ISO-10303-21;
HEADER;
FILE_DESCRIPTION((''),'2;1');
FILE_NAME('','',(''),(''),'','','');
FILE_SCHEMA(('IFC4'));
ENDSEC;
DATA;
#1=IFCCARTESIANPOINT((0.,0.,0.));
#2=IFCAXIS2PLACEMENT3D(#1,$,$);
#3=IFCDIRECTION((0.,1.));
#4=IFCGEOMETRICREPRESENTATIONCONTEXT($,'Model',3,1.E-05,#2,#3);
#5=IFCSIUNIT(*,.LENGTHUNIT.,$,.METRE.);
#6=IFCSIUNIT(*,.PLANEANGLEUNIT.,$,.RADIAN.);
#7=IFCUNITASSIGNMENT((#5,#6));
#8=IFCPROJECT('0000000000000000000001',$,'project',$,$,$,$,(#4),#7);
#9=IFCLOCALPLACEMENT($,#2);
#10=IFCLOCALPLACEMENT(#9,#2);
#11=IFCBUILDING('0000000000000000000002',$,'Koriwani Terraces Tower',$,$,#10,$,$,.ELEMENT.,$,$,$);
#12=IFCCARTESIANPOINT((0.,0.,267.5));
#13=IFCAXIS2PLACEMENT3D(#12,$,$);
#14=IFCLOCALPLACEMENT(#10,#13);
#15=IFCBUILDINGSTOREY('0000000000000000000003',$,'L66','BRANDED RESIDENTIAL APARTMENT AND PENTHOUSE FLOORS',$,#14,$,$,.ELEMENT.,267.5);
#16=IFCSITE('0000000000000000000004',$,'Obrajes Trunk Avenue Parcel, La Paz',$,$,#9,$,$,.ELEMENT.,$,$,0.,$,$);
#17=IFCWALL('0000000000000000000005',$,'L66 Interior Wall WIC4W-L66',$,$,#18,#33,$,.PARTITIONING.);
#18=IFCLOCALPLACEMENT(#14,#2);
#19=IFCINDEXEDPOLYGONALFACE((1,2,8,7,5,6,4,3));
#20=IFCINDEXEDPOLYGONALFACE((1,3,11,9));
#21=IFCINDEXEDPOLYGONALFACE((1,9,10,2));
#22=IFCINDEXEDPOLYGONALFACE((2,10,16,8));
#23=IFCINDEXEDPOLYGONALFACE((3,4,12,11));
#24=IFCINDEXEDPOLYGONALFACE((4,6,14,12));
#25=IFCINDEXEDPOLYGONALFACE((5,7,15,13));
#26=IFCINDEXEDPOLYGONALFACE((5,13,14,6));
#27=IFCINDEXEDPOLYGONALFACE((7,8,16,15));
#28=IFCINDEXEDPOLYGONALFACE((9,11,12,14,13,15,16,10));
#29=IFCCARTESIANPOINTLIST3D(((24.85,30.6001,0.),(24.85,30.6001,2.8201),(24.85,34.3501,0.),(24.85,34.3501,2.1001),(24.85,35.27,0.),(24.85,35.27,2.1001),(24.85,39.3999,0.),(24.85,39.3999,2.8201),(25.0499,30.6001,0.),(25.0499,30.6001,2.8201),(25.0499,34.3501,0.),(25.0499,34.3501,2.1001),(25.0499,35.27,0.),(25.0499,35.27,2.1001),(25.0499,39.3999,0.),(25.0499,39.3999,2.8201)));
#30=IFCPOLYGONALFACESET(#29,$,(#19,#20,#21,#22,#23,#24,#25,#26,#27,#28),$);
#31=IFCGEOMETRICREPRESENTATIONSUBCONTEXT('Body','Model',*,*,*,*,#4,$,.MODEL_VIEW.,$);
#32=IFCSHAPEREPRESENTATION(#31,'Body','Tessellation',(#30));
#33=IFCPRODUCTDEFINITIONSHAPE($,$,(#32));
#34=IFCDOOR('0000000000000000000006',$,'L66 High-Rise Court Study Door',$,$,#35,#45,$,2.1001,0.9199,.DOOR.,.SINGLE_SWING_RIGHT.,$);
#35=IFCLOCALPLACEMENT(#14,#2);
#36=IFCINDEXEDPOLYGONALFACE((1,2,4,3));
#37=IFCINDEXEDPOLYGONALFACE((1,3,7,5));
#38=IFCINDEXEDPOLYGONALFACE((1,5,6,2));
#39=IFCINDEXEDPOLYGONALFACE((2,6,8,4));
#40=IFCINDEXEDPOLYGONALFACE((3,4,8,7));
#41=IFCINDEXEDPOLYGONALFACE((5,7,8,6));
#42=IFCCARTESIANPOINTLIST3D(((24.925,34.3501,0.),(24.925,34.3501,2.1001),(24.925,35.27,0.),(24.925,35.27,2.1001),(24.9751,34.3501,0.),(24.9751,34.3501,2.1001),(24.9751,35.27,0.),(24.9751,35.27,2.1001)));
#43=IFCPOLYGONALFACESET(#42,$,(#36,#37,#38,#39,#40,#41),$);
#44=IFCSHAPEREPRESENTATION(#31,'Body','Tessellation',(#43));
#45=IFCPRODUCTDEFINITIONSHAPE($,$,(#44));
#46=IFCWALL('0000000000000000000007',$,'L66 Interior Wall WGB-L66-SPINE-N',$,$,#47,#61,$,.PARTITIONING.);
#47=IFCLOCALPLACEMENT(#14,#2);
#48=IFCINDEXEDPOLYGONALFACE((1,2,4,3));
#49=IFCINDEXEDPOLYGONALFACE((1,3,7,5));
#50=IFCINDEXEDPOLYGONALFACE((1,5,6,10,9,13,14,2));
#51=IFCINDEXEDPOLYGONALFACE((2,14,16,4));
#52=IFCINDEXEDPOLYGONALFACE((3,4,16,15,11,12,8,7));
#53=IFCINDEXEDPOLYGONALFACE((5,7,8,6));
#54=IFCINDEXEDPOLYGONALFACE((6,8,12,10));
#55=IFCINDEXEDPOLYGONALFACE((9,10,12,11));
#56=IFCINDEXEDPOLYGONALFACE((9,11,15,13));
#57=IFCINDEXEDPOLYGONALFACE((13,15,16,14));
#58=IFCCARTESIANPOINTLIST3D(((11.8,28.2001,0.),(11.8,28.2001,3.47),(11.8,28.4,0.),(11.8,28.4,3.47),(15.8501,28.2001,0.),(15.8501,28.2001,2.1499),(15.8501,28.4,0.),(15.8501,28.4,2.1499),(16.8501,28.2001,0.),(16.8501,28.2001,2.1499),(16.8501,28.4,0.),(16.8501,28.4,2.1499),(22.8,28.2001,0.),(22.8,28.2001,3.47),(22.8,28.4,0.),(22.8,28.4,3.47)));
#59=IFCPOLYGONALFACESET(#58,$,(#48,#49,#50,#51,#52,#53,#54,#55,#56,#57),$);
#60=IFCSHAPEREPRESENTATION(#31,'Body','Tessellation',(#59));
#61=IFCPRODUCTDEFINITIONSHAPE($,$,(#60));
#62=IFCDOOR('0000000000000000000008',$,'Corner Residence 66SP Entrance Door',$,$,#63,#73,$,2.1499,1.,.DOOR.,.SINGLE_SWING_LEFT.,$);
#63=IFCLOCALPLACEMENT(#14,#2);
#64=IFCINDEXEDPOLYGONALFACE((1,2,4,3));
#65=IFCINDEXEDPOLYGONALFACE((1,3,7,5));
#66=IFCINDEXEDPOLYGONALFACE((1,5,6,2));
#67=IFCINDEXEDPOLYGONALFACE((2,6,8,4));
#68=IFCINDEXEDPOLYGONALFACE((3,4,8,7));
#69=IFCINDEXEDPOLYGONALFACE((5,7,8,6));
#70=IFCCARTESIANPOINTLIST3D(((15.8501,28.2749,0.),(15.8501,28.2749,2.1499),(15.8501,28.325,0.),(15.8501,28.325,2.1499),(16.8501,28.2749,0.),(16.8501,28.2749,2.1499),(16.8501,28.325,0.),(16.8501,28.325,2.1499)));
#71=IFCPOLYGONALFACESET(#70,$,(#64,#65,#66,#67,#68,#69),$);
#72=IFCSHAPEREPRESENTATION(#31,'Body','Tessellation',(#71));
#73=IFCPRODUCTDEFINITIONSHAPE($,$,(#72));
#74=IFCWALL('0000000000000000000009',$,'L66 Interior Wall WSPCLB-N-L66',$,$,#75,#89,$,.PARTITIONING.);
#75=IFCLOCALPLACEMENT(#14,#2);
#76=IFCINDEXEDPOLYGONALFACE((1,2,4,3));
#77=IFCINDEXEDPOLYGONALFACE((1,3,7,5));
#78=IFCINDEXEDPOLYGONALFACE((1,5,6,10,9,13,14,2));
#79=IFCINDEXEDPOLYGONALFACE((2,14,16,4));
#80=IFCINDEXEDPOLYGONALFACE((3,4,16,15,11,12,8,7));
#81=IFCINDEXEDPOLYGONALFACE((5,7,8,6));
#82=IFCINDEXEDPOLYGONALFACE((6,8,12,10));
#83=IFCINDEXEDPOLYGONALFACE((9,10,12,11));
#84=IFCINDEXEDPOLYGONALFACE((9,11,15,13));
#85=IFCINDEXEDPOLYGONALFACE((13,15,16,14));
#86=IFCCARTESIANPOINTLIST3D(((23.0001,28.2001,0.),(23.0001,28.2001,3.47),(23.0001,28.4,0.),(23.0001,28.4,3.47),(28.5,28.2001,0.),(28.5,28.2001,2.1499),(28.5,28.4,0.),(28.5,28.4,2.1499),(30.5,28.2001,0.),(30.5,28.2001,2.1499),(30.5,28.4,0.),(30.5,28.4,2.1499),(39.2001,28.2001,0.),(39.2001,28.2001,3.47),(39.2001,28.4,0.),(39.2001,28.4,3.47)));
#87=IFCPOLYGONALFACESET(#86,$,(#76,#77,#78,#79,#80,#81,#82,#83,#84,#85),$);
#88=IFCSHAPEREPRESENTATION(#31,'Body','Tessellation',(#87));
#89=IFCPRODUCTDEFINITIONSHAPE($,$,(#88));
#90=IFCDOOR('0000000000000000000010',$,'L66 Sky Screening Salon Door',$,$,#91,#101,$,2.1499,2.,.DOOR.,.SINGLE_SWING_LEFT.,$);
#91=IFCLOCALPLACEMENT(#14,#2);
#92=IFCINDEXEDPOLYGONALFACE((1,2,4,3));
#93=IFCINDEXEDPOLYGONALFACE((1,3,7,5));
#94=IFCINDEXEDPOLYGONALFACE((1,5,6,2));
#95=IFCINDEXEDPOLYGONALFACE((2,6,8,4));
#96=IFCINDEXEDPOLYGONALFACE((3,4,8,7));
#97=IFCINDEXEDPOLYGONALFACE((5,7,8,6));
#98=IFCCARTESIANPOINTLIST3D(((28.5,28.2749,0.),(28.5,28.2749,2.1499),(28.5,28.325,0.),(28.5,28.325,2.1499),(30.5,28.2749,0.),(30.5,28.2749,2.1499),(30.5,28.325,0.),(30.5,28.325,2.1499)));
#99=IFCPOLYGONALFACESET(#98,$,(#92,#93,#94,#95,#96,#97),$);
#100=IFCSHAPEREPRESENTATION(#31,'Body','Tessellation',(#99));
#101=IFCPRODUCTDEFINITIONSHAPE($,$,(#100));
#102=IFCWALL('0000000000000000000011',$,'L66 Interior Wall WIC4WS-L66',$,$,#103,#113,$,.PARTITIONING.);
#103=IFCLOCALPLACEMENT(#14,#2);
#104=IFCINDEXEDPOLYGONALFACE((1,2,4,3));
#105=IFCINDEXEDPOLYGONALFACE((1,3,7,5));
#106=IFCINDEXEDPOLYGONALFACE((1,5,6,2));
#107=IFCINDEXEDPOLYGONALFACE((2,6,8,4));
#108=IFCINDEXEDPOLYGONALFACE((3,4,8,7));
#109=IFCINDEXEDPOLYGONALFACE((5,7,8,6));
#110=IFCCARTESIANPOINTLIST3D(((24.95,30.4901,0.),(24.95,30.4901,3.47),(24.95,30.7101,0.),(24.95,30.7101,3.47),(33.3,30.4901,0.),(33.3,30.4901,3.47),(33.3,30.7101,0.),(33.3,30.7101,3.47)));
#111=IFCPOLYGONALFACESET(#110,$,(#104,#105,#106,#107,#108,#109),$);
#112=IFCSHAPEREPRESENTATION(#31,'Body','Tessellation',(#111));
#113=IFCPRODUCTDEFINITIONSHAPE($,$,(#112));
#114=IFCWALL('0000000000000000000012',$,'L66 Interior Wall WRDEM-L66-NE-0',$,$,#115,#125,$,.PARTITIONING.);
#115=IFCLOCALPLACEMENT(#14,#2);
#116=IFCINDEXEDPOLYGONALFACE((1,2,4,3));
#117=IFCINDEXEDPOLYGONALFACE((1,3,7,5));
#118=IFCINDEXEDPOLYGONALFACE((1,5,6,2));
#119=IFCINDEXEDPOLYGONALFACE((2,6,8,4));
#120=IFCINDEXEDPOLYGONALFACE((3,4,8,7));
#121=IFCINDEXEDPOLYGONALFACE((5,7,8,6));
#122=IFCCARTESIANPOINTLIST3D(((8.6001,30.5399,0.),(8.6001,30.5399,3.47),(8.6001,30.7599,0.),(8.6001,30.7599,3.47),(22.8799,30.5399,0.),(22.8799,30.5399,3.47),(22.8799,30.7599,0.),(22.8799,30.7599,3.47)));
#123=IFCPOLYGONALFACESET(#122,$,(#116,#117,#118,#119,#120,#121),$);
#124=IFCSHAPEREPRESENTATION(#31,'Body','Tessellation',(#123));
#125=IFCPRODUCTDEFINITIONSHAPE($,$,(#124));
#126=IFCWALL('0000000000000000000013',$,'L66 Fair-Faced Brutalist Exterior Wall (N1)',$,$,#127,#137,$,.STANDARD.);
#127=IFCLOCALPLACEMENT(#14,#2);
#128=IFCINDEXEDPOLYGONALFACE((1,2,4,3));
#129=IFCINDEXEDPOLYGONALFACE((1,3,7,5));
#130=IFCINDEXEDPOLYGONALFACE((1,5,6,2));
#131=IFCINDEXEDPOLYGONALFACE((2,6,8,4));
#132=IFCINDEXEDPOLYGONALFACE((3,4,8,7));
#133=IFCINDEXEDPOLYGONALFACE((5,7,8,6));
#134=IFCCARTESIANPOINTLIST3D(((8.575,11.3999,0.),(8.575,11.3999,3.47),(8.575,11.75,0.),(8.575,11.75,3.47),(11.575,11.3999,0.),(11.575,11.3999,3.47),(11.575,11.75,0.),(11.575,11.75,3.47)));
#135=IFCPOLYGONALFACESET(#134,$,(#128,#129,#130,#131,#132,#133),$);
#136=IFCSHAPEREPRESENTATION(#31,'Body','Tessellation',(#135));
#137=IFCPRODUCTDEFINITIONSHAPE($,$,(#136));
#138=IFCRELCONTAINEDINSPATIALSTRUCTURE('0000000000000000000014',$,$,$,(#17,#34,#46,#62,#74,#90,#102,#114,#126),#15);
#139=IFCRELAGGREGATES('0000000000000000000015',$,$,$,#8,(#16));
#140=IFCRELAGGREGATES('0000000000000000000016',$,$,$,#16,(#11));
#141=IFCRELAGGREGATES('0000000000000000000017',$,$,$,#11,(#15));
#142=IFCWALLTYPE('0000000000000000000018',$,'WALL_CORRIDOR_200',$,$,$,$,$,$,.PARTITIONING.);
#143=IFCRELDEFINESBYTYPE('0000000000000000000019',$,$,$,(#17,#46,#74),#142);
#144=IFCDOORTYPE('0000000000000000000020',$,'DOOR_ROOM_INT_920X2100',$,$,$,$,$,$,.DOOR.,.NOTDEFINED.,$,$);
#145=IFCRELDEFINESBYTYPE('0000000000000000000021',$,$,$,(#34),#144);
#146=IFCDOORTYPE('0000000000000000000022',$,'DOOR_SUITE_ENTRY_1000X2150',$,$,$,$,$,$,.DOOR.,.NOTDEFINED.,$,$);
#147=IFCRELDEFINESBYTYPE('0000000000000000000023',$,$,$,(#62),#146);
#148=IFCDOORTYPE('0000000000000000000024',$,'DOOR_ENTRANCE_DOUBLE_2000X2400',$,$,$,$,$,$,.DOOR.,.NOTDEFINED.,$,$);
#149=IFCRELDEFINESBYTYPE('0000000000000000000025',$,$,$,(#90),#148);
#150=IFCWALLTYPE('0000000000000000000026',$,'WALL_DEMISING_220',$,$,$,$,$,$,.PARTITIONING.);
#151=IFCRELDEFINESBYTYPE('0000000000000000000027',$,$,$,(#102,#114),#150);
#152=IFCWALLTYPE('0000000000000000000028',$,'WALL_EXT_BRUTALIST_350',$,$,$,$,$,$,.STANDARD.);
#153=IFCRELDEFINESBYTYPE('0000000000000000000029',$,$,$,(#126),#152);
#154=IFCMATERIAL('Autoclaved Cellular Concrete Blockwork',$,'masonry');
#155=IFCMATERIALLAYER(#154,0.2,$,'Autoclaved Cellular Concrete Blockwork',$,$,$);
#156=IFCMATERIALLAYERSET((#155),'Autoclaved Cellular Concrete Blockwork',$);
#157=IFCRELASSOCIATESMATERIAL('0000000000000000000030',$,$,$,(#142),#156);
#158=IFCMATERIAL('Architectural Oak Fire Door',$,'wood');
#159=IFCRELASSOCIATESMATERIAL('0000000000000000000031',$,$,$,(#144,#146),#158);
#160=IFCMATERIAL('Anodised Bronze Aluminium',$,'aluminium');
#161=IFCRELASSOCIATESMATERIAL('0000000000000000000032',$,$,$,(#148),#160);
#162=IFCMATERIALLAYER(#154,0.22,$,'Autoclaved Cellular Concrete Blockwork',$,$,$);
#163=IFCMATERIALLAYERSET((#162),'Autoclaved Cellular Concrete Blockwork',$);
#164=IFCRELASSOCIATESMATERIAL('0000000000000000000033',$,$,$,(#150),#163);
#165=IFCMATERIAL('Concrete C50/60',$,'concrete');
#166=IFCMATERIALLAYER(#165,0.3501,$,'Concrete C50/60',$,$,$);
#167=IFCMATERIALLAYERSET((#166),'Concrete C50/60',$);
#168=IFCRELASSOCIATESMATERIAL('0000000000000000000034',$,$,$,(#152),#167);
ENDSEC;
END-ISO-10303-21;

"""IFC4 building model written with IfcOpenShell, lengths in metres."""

from ifc_helpers import new_model, si_unit, direction, frame, frame_2d, origin, place, context, subcontext, project, spatial, rectangle, extrude, material, layer, layer_set, type_object, element, fill, save


model = new_model("IFC4")

# Units and contexts
model_context = context("Model", 3, precision=1e-05, world=origin(), true_north=direction((0.0, 1.0)))
body_context = subcontext(model_context, "Body", "Model", "MODEL_VIEW")
ifc_project = project(units=[si_unit("LENGTHUNIT", "METRE"), si_unit("PLANEANGLEUNIT", "RADIAN")], contexts=[model_context])

# Site, building, storey
site_placement = place(None, origin())
site = spatial("IfcSite", under=ifc_project, at=site_placement, Name="Obrajes Trunk Avenue Parcel, La Paz", CompositionType="ELEMENT", RefElevation=0.0)
building_placement = place(site_placement, origin())
building = spatial("IfcBuilding", under=site, at=building_placement, Name="Koriwani Terraces Tower", CompositionType="ELEMENT")
storey_placement = place(building_placement, frame((0.0, 0.0, 267.5)))
storey = spatial("IfcBuildingStorey", under=building, at=storey_placement, Name="L66", Description="BRANDED RESIDENTIAL APARTMENT AND PENTHOUSE FLOORS", CompositionType="ELEMENT", Elevation=267.5)

# Shared definitions
ifc_material_1 = material(Name="Concrete C50/60", Category="concrete")

# Walls, openings, doors
ifc_material_2 = material(Name="Autoclaved Cellular Concrete Blockwork", Category="masonry")
ifc_layer_1 = layer(ifc_material_2, 0.2, Name="Autoclaved Cellular Concrete Blockwork")
ifc_layer_set_1 = layer_set([ifc_layer_1], Name="Autoclaved Cellular Concrete Blockwork")
wall_type_1 = type_object("IfcWallType", Name="WALL_CORRIDOR_200", PredefinedType="PARTITIONING", material=ifc_layer_set_1)
wall_1_placement = place(storey_placement, frame((24.95, 30.6001, 0.0), z_axis=(0.0, 0.0, 1.0), x_axis=(0.0, 1.0, 0.0)))
wall_1 = element("IfcWall", 1, at=wall_1_placement, inside=storey, type_object=wall_type_1, Name="L66 Interior Wall WIC4W-L66", PredefinedType="PARTITIONING", context=body_context, shape_type="SweptSolid", body=[
    extrude(rectangle(XDim=8.7998, YDim=0.2, at=frame_2d((4.3999, 0.0))), origin(), (0.0, 0.0, 1.0), 2.8201),
])
opening_1_placement = place(wall_1_placement, frame((3.75, 0.0, 0.0)))
opening_1 = element("IfcOpeningElement", 2, at=opening_1_placement, cuts=wall_1, PredefinedType="OPENING", context=body_context, shape_type="SweptSolid", body=[
    extrude(rectangle(XDim=0.9199, YDim=2.1001, at=frame_2d((0.46, 1.05))), frame((0.0, 0.1099, 0.0), z_axis=(0.0, -1.0, 0.0), x_axis=(1.0, 0.0, 0.0)), (0.0, 0.0, 1.0), 0.22),
])
ifc_material_3 = material(Name="Architectural Oak Fire Door", Category="wood")
door_type_1 = type_object("IfcDoorType", Name="DOOR_ROOM_INT_920X2100", OperationType="NOTDEFINED", PredefinedType="DOOR", material=ifc_material_3)
door_1_placement = place(opening_1_placement, origin())
door_1 = element("IfcDoor", 3, at=door_1_placement, inside=storey, type_object=door_type_1, Name="L66 High-Rise Court Study Door", OperationType="SINGLE_SWING_RIGHT", OverallHeight=2.1001, OverallWidth=0.9199, PredefinedType="DOOR", context=body_context, shape_type="SweptSolid", body=[
    extrude(rectangle(XDim=0.9199, YDim=2.1001, at=frame_2d((0.46, 1.05))), frame((0.0, 0.0249, 0.0), z_axis=(0.0, -1.0, 0.0), x_axis=(1.0, 0.0, 0.0)), (0.0, 0.0, 1.0), 0.05),
])
fill(opening_1, door_1)
wall_2_placement = place(storey_placement, frame((11.8, 28.3, 0.0), z_axis=(0.0, 0.0, 1.0), x_axis=(1.0, 0.0, 0.0)))
wall_2 = element("IfcWall", 4, at=wall_2_placement, inside=storey, type_object=wall_type_1, Name="L66 Interior Wall WGB-L66-SPINE-N", PredefinedType="PARTITIONING", context=body_context, shape_type="SweptSolid", body=[
    extrude(rectangle(XDim=11.0, YDim=0.2, at=frame_2d((5.5, 0.0))), origin(), (0.0, 0.0, 1.0), 3.47),
])
opening_2_placement = place(wall_2_placement, frame((4.05, 0.0, 0.0)))
opening_2 = element("IfcOpeningElement", 5, at=opening_2_placement, cuts=wall_2, PredefinedType="OPENING", context=body_context, shape_type="SweptSolid", body=[
    extrude(rectangle(XDim=1.0, YDim=2.1499, at=frame_2d((0.5, 1.075))), frame((0.0, 0.1099, 0.0), z_axis=(0.0, -1.0, 0.0), x_axis=(1.0, 0.0, 0.0)), (0.0, 0.0, 1.0), 0.22),
])
door_type_2 = type_object("IfcDoorType", Name="DOOR_SUITE_ENTRY_1000X2150", OperationType="NOTDEFINED", PredefinedType="DOOR", material=ifc_material_3)
door_2_placement = place(opening_2_placement, origin())
door_2 = element("IfcDoor", 6, at=door_2_placement, inside=storey, type_object=door_type_2, Name="Corner Residence 66SP Entrance Door", OperationType="SINGLE_SWING_LEFT", OverallHeight=2.1499, OverallWidth=1.0, PredefinedType="DOOR", context=body_context, shape_type="SweptSolid", body=[
    extrude(rectangle(XDim=1.0, YDim=2.1499, at=frame_2d((0.5, 1.075))), frame((0.0, 0.0249, 0.0), z_axis=(0.0, -1.0, 0.0), x_axis=(1.0, 0.0, 0.0)), (0.0, 0.0, 1.0), 0.05),
])
fill(opening_2, door_2)
wall_3_placement = place(storey_placement, frame((23.0, 28.3, 0.0), z_axis=(0.0, 0.0, 1.0), x_axis=(1.0, 0.0, 0.0)))
wall_3 = element("IfcWall", 7, at=wall_3_placement, inside=storey, type_object=wall_type_1, Name="L66 Interior Wall WSPCLB-N-L66", PredefinedType="PARTITIONING", context=body_context, shape_type="SweptSolid", body=[
    extrude(rectangle(XDim=16.2, YDim=0.2, at=frame_2d((8.1001, 0.0))), origin(), (0.0, 0.0, 1.0), 3.47),
])
opening_3_placement = place(wall_3_placement, frame((5.5, 0.0, 0.0)))
opening_3 = element("IfcOpeningElement", 8, at=opening_3_placement, cuts=wall_3, PredefinedType="OPENING", context=body_context, shape_type="SweptSolid", body=[
    extrude(rectangle(XDim=2.0, YDim=2.1499, at=frame_2d((1.0, 1.075))), frame((0.0, 0.1099, 0.0), z_axis=(0.0, -1.0, 0.0), x_axis=(1.0, 0.0, 0.0)), (0.0, 0.0, 1.0), 0.22),
])
ifc_material_4 = material(Name="Anodised Bronze Aluminium", Category="aluminium")
door_type_3 = type_object("IfcDoorType", Name="DOOR_ENTRANCE_DOUBLE_2000X2400", OperationType="NOTDEFINED", PredefinedType="DOOR", material=ifc_material_4)
door_3_placement = place(opening_3_placement, origin())
door_3 = element("IfcDoor", 9, at=door_3_placement, inside=storey, type_object=door_type_3, Name="L66 Sky Screening Salon Door", OperationType="SINGLE_SWING_LEFT", OverallHeight=2.1499, OverallWidth=2.0, PredefinedType="DOOR", context=body_context, shape_type="SweptSolid", body=[
    extrude(rectangle(XDim=2.0, YDim=2.1499, at=frame_2d((1.0, 1.075))), frame((0.0, 0.0249, 0.0), z_axis=(0.0, -1.0, 0.0), x_axis=(1.0, 0.0, 0.0)), (0.0, 0.0, 1.0), 0.05),
])
fill(opening_3, door_3)

# Walls
ifc_layer_2 = layer(ifc_material_2, 0.22, Name="Autoclaved Cellular Concrete Blockwork")
ifc_layer_set_2 = layer_set([ifc_layer_2], Name="Autoclaved Cellular Concrete Blockwork")
wall_type_2 = type_object("IfcWallType", Name="WALL_DEMISING_220", PredefinedType="PARTITIONING", material=ifc_layer_set_2)
wall_4_placement = place(storey_placement, frame((24.95, 30.6001, 0.0), z_axis=(0.0, 0.0, 1.0), x_axis=(1.0, 0.0, 0.0)))
element("IfcWall", 10, at=wall_4_placement, inside=storey, type_object=wall_type_2, Name="L66 Interior Wall WIC4WS-L66", PredefinedType="PARTITIONING", context=body_context, shape_type="SweptSolid", body=[
    extrude(rectangle(XDim=8.3501, YDim=0.22, at=frame_2d((4.175, 0.0))), origin(), (0.0, 0.0, 1.0), 3.47),
])
wall_5_placement = place(storey_placement, frame((8.6001, 30.6499, 0.0), z_axis=(0.0, 0.0, 1.0), x_axis=(1.0, 0.0, 0.0)))
element("IfcWall", 11, at=wall_5_placement, inside=storey, type_object=wall_type_2, Name="L66 Interior Wall WRDEM-L66-NE-0", PredefinedType="PARTITIONING", context=body_context, shape_type="SweptSolid", body=[
    extrude(rectangle(XDim=14.2798, YDim=0.22, at=frame_2d((7.1399, 0.0))), origin(), (0.0, 0.0, 1.0), 3.47),
])
ifc_layer_3 = layer(ifc_material_1, 0.3501, Name="Concrete C50/60")
ifc_layer_set_3 = layer_set([ifc_layer_3], Name="Concrete C50/60")
wall_type_3 = type_object("IfcWallType", Name="WALL_EXT_BRUTALIST_350", PredefinedType="STANDARD", material=ifc_layer_set_3)
wall_6_placement = place(storey_placement, frame((11.575, 11.575, 0.0), z_axis=(0.0, 0.0, 1.0), x_axis=(-1.0, 0.0, 0.0)))
element("IfcWall", 12, at=wall_6_placement, inside=storey, type_object=wall_type_3, Name="L66 Fair-Faced Brutalist Exterior Wall (N1)", PredefinedType="STANDARD", context=body_context, shape_type="SweptSolid", body=[
    extrude(rectangle(XDim=3.0, YDim=0.3501, at=frame_2d((1.5, 0.0))), origin(), (0.0, 0.0, 1.0), 3.47),
])

save(model, "model.ifc")
